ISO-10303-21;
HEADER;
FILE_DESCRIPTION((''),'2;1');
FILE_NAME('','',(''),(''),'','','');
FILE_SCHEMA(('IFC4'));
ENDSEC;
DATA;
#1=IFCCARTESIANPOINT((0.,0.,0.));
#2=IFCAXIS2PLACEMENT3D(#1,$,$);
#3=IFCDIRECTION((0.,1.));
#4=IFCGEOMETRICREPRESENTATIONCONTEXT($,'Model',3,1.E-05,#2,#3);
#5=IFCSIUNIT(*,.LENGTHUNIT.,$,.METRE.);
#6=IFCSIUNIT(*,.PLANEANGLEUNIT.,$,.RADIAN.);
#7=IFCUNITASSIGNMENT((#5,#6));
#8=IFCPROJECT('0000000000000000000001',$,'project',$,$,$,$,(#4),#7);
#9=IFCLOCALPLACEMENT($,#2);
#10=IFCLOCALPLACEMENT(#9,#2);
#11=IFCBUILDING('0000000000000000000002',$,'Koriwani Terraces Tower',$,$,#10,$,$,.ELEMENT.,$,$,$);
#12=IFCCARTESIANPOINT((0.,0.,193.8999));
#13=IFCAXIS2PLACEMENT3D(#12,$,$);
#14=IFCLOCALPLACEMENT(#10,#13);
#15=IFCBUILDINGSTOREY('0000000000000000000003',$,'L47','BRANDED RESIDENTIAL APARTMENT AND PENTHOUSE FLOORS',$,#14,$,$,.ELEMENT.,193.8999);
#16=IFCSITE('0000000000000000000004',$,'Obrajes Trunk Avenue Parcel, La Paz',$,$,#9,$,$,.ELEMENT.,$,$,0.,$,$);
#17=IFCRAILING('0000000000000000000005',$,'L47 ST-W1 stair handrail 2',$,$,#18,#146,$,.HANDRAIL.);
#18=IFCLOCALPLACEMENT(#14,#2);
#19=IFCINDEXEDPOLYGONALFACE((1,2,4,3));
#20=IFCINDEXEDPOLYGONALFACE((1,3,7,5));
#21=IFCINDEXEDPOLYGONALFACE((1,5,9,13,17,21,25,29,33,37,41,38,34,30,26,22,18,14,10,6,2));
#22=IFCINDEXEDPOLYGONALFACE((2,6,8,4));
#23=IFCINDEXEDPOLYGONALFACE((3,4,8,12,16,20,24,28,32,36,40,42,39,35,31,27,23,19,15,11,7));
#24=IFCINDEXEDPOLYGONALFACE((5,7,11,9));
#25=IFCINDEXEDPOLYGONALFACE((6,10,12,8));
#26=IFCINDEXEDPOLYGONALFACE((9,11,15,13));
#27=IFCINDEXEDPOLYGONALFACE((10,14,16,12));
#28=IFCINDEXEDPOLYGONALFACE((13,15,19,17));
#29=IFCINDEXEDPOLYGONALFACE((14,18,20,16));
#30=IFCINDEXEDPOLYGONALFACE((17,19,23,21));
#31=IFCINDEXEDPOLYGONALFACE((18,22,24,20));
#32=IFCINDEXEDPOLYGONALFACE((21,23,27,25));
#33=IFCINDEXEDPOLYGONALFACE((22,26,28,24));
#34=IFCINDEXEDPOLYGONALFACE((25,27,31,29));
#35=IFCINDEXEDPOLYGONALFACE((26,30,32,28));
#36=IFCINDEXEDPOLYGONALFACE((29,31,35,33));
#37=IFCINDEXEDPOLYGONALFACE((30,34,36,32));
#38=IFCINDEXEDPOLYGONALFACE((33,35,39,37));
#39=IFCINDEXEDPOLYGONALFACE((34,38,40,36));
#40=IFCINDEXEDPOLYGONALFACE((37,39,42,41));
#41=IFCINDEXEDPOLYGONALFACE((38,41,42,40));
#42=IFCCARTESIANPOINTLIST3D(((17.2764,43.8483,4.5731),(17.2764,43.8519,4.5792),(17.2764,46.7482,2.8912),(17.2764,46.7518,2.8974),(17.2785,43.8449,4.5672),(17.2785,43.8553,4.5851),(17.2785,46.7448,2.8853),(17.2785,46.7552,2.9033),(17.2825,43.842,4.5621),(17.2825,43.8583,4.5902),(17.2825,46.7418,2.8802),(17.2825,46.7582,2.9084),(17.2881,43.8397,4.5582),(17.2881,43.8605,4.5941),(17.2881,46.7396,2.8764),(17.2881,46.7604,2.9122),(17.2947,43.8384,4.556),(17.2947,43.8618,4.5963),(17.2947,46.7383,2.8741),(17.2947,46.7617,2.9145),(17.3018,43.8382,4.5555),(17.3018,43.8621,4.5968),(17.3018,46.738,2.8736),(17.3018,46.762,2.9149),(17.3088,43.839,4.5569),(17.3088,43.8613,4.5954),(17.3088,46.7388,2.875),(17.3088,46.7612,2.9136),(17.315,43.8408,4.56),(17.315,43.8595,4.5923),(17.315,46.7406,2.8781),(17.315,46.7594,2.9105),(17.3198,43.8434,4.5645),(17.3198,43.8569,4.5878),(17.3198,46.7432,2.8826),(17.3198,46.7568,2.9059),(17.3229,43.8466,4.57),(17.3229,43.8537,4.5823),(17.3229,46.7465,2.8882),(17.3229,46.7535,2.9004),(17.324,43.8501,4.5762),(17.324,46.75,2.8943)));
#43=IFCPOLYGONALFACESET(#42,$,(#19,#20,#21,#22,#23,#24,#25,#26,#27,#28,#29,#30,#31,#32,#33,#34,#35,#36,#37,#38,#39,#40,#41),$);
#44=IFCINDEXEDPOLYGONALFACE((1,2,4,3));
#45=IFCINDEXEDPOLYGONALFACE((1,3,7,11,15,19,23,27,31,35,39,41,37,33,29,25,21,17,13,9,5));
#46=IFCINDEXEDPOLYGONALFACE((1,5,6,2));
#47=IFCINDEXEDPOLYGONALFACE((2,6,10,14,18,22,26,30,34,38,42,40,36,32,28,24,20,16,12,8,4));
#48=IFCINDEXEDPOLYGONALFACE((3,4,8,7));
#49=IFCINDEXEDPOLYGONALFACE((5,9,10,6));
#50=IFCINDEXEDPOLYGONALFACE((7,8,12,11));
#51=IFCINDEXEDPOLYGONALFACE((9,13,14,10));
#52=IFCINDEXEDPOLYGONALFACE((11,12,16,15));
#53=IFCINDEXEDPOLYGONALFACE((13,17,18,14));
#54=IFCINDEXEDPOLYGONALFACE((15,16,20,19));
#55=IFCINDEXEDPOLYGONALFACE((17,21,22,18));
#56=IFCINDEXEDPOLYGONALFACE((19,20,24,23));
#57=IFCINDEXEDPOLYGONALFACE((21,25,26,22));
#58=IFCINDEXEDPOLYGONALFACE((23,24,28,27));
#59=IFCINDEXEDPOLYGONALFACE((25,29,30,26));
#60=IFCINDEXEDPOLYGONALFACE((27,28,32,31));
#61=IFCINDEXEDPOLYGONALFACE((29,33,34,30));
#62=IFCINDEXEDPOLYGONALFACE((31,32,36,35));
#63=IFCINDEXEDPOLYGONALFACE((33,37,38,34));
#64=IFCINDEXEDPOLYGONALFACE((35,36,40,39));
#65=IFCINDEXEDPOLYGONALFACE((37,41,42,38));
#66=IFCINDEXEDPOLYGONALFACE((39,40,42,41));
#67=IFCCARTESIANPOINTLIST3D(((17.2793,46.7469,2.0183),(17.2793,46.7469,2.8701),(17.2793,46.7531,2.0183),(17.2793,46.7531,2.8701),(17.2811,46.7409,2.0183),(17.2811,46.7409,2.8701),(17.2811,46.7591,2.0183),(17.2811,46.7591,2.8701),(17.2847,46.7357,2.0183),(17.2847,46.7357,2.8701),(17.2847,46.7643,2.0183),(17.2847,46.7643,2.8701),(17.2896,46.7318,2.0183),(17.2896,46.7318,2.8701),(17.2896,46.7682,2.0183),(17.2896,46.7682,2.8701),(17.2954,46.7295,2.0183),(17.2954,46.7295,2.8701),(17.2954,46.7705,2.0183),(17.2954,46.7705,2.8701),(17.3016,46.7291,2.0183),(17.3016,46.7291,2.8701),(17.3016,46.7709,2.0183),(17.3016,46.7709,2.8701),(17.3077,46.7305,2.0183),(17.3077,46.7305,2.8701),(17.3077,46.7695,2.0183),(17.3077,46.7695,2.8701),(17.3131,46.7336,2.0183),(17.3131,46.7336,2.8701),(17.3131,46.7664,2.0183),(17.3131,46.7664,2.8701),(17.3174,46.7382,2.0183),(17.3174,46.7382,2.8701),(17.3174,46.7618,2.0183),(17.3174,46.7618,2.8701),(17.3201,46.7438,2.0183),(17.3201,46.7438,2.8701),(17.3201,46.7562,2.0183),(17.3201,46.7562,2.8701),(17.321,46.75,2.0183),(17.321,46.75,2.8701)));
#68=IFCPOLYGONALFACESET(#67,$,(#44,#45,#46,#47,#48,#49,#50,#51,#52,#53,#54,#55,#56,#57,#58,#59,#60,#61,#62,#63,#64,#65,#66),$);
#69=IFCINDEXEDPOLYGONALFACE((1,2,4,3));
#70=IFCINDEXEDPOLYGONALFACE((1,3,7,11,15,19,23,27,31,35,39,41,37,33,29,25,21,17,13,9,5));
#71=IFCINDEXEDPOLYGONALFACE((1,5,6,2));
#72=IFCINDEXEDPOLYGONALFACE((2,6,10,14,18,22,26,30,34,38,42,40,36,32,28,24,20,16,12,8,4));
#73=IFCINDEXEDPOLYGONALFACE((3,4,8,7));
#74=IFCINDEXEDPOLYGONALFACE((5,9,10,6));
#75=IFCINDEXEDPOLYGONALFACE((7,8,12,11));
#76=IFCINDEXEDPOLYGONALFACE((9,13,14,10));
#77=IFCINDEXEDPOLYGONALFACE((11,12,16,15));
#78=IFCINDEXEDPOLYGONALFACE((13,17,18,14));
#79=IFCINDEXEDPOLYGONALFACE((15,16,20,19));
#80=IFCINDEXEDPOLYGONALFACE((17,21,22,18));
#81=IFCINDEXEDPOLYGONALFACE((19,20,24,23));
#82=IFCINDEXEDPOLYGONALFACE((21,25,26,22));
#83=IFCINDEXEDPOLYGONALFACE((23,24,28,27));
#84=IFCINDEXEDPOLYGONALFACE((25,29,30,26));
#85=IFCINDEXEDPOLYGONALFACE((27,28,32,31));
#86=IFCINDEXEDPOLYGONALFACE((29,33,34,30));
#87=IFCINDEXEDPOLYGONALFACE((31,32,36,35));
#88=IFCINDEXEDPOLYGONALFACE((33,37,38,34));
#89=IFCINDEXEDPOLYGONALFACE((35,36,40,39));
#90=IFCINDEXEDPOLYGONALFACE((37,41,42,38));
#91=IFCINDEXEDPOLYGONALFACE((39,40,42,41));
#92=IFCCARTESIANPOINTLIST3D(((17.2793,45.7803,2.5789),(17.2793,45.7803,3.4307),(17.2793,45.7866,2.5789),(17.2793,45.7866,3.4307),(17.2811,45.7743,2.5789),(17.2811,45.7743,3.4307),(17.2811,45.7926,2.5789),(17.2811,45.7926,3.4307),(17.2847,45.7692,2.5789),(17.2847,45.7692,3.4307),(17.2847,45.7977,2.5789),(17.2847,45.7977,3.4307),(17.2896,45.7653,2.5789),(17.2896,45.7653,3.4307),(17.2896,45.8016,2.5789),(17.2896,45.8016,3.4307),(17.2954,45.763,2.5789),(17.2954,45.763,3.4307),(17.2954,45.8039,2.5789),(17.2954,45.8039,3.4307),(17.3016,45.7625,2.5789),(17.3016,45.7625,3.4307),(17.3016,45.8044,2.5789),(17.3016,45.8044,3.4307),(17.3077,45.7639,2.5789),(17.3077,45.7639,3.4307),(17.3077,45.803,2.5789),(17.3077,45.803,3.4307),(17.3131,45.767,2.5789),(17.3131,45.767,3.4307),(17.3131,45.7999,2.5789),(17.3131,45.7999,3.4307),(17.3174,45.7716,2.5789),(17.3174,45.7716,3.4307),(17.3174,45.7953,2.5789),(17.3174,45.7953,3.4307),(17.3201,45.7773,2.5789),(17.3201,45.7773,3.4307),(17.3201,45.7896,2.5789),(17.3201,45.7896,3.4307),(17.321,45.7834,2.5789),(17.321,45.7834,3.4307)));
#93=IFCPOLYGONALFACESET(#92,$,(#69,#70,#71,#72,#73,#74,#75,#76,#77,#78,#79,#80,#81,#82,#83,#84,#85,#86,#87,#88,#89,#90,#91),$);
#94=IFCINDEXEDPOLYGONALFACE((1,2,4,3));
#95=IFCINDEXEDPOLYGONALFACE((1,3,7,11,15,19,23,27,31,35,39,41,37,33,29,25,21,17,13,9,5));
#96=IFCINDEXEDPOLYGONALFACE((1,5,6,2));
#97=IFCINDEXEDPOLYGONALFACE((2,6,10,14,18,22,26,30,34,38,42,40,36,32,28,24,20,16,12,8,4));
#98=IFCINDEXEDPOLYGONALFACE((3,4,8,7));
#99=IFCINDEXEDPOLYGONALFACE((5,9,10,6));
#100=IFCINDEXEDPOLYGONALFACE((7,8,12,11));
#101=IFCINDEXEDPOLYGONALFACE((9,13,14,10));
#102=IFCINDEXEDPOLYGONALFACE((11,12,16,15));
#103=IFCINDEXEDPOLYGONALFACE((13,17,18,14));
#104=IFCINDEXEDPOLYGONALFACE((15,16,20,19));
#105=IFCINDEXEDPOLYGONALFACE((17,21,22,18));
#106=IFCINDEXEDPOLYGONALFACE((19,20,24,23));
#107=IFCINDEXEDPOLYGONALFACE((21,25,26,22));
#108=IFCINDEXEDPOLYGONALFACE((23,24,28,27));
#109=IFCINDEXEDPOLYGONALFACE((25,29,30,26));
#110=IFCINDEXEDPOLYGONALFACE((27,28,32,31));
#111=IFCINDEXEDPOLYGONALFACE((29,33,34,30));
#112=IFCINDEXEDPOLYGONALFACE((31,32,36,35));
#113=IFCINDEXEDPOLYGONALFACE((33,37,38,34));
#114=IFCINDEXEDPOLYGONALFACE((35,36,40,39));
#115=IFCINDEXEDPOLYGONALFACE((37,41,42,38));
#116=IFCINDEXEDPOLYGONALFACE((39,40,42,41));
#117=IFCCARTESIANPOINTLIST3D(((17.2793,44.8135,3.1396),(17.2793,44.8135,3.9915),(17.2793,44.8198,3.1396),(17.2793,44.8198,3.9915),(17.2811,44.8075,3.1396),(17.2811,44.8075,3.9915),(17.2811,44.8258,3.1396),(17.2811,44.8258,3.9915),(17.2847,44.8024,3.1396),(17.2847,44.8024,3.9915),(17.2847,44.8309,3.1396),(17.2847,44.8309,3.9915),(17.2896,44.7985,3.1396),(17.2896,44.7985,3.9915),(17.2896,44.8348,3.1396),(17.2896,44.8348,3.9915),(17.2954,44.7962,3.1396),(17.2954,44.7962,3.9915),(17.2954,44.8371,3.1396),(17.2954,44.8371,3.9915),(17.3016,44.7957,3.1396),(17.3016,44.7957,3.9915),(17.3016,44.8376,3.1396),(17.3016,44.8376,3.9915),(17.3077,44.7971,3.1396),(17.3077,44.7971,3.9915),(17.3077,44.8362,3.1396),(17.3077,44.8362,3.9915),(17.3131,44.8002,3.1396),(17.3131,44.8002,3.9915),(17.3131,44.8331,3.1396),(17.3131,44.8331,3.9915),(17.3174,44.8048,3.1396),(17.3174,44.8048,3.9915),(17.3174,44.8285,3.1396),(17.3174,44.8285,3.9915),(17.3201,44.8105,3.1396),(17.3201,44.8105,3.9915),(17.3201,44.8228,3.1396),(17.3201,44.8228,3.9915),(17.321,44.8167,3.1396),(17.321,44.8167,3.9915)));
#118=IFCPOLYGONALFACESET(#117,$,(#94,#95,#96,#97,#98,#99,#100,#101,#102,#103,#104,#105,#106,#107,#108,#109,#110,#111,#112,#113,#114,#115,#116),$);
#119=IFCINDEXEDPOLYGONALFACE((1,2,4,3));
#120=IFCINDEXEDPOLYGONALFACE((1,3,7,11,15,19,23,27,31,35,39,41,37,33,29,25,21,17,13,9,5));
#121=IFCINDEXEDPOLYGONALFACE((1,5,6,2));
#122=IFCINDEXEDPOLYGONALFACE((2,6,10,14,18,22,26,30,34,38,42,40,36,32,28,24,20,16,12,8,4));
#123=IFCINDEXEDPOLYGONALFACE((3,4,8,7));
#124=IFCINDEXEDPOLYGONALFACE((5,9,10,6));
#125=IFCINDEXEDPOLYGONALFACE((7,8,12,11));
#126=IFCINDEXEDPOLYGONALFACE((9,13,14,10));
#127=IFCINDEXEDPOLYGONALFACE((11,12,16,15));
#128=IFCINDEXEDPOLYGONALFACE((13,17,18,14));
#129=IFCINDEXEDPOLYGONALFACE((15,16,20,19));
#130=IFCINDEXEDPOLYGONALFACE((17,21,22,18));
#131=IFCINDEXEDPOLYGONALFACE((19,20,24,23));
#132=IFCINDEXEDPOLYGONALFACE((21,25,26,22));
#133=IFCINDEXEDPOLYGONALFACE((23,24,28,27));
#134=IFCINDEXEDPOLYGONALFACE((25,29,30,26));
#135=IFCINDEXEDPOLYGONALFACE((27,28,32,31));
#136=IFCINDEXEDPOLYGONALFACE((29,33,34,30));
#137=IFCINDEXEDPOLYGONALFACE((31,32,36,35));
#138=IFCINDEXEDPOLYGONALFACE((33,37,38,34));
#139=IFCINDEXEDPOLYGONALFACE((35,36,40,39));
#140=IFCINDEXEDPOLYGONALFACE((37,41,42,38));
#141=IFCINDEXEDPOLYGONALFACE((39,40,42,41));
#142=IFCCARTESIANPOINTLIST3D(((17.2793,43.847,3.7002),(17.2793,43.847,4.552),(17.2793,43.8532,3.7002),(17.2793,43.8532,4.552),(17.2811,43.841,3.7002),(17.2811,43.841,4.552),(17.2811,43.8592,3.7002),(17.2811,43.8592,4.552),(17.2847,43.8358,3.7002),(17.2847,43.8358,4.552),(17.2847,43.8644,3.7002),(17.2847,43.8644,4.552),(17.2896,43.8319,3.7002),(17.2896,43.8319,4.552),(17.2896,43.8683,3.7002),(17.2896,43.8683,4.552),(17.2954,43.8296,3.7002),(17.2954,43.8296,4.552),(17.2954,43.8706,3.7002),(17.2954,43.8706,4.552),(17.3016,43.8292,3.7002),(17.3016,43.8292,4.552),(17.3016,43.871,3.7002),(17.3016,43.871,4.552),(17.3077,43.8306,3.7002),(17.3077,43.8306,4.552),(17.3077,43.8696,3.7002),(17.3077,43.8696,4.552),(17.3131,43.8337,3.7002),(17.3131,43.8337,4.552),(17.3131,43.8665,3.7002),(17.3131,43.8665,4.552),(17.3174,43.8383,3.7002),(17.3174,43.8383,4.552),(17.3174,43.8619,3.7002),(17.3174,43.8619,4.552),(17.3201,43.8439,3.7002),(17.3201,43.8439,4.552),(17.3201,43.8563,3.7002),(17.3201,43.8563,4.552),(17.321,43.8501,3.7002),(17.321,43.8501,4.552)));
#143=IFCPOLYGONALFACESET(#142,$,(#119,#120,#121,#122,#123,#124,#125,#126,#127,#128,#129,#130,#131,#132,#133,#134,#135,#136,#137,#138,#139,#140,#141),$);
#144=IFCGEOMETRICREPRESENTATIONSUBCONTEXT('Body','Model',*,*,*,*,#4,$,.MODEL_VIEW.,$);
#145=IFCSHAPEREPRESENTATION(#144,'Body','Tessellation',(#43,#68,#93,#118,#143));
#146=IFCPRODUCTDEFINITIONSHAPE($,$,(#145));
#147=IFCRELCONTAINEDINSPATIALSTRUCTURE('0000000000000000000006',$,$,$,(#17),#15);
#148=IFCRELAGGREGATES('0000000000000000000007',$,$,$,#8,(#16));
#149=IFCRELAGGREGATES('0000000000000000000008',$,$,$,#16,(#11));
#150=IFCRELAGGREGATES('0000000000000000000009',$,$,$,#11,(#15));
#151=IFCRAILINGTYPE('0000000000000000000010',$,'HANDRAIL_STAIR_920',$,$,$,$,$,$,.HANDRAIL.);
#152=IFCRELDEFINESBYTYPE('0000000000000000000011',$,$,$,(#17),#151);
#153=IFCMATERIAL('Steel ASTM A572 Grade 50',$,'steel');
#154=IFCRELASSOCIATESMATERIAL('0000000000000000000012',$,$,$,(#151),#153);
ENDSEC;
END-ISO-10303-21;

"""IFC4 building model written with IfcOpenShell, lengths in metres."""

from ifc_helpers import new_model, si_unit, direction, frame, origin, origin_2d, place, context, subcontext, project, spatial, circle, extrude, material, type_object, element, save


model = new_model("IFC4")

# Units and contexts
model_context = context("Model", 3, precision=1e-05, world=origin(), true_north=direction((0.0, 1.0)))
body_context = subcontext(model_context, "Body", "Model", "MODEL_VIEW")
ifc_project = project(units=[si_unit("LENGTHUNIT", "METRE"), si_unit("PLANEANGLEUNIT", "RADIAN")], contexts=[model_context])

# Site, building, storey
site_placement = place(None, origin())
site = spatial("IfcSite", under=ifc_project, at=site_placement, Name="Obrajes Trunk Avenue Parcel, La Paz", CompositionType="ELEMENT", RefElevation=0.0)
building_placement = place(site_placement, origin())
building = spatial("IfcBuilding", under=site, at=building_placement, Name="Koriwani Terraces Tower", CompositionType="ELEMENT")
storey_placement = place(building_placement, frame((0.0, 0.0, 193.8999)))
storey = spatial("IfcBuildingStorey", under=building, at=storey_placement, Name="L47", Description="BRANDED RESIDENTIAL APARTMENT AND PENTHOUSE FLOORS", CompositionType="ELEMENT", Elevation=193.8999)

# Shared definitions
ifc_material_1 = material(Name="Steel ASTM A572 Grade 50", Category="steel")

# Railing
railing_type_1 = type_object("IfcRailingType", Name="HANDRAIL_STAIR_920", PredefinedType="HANDRAIL", material=ifc_material_1)
railing_1_placement = place(storey_placement, frame((17.3, 46.75, 2.0183)))
element("IfcRailing", 1, at=railing_1_placement, inside=storey, type_object=railing_type_1, Name="L47 ST-W1 stair handrail 2", PredefinedType="HANDRAIL", context=body_context, shape_type="SweptSolid", body=[
    extrude(circle(Radius=0.0239, at=origin_2d()), frame((0.0, 0.0, 0.876), z_axis=(0.0, -0.865039, 0.501705), x_axis=(1.0, 0.0, 0.0)), (0.0, 0.0, 1.0), 3.3523),
    extrude(circle(Radius=0.021, at=origin_2d()), origin(), (0.0, 0.0, 1.0), 0.8518),
    extrude(circle(Radius=0.021, at=origin_2d()), frame((0.0, -0.9666, 0.5605)), (0.0, 0.0, 1.0), 0.8518),
    extrude(circle(Radius=0.021, at=origin_2d()), frame((0.0, -1.9333, 1.1213)), (0.0, 0.0, 1.0), 0.8518),
    extrude(circle(Radius=0.021, at=origin_2d()), frame((0.0, -2.8999, 1.6819)), (0.0, 0.0, 1.0), 0.8518),
])

save(model, "model.ifc")
